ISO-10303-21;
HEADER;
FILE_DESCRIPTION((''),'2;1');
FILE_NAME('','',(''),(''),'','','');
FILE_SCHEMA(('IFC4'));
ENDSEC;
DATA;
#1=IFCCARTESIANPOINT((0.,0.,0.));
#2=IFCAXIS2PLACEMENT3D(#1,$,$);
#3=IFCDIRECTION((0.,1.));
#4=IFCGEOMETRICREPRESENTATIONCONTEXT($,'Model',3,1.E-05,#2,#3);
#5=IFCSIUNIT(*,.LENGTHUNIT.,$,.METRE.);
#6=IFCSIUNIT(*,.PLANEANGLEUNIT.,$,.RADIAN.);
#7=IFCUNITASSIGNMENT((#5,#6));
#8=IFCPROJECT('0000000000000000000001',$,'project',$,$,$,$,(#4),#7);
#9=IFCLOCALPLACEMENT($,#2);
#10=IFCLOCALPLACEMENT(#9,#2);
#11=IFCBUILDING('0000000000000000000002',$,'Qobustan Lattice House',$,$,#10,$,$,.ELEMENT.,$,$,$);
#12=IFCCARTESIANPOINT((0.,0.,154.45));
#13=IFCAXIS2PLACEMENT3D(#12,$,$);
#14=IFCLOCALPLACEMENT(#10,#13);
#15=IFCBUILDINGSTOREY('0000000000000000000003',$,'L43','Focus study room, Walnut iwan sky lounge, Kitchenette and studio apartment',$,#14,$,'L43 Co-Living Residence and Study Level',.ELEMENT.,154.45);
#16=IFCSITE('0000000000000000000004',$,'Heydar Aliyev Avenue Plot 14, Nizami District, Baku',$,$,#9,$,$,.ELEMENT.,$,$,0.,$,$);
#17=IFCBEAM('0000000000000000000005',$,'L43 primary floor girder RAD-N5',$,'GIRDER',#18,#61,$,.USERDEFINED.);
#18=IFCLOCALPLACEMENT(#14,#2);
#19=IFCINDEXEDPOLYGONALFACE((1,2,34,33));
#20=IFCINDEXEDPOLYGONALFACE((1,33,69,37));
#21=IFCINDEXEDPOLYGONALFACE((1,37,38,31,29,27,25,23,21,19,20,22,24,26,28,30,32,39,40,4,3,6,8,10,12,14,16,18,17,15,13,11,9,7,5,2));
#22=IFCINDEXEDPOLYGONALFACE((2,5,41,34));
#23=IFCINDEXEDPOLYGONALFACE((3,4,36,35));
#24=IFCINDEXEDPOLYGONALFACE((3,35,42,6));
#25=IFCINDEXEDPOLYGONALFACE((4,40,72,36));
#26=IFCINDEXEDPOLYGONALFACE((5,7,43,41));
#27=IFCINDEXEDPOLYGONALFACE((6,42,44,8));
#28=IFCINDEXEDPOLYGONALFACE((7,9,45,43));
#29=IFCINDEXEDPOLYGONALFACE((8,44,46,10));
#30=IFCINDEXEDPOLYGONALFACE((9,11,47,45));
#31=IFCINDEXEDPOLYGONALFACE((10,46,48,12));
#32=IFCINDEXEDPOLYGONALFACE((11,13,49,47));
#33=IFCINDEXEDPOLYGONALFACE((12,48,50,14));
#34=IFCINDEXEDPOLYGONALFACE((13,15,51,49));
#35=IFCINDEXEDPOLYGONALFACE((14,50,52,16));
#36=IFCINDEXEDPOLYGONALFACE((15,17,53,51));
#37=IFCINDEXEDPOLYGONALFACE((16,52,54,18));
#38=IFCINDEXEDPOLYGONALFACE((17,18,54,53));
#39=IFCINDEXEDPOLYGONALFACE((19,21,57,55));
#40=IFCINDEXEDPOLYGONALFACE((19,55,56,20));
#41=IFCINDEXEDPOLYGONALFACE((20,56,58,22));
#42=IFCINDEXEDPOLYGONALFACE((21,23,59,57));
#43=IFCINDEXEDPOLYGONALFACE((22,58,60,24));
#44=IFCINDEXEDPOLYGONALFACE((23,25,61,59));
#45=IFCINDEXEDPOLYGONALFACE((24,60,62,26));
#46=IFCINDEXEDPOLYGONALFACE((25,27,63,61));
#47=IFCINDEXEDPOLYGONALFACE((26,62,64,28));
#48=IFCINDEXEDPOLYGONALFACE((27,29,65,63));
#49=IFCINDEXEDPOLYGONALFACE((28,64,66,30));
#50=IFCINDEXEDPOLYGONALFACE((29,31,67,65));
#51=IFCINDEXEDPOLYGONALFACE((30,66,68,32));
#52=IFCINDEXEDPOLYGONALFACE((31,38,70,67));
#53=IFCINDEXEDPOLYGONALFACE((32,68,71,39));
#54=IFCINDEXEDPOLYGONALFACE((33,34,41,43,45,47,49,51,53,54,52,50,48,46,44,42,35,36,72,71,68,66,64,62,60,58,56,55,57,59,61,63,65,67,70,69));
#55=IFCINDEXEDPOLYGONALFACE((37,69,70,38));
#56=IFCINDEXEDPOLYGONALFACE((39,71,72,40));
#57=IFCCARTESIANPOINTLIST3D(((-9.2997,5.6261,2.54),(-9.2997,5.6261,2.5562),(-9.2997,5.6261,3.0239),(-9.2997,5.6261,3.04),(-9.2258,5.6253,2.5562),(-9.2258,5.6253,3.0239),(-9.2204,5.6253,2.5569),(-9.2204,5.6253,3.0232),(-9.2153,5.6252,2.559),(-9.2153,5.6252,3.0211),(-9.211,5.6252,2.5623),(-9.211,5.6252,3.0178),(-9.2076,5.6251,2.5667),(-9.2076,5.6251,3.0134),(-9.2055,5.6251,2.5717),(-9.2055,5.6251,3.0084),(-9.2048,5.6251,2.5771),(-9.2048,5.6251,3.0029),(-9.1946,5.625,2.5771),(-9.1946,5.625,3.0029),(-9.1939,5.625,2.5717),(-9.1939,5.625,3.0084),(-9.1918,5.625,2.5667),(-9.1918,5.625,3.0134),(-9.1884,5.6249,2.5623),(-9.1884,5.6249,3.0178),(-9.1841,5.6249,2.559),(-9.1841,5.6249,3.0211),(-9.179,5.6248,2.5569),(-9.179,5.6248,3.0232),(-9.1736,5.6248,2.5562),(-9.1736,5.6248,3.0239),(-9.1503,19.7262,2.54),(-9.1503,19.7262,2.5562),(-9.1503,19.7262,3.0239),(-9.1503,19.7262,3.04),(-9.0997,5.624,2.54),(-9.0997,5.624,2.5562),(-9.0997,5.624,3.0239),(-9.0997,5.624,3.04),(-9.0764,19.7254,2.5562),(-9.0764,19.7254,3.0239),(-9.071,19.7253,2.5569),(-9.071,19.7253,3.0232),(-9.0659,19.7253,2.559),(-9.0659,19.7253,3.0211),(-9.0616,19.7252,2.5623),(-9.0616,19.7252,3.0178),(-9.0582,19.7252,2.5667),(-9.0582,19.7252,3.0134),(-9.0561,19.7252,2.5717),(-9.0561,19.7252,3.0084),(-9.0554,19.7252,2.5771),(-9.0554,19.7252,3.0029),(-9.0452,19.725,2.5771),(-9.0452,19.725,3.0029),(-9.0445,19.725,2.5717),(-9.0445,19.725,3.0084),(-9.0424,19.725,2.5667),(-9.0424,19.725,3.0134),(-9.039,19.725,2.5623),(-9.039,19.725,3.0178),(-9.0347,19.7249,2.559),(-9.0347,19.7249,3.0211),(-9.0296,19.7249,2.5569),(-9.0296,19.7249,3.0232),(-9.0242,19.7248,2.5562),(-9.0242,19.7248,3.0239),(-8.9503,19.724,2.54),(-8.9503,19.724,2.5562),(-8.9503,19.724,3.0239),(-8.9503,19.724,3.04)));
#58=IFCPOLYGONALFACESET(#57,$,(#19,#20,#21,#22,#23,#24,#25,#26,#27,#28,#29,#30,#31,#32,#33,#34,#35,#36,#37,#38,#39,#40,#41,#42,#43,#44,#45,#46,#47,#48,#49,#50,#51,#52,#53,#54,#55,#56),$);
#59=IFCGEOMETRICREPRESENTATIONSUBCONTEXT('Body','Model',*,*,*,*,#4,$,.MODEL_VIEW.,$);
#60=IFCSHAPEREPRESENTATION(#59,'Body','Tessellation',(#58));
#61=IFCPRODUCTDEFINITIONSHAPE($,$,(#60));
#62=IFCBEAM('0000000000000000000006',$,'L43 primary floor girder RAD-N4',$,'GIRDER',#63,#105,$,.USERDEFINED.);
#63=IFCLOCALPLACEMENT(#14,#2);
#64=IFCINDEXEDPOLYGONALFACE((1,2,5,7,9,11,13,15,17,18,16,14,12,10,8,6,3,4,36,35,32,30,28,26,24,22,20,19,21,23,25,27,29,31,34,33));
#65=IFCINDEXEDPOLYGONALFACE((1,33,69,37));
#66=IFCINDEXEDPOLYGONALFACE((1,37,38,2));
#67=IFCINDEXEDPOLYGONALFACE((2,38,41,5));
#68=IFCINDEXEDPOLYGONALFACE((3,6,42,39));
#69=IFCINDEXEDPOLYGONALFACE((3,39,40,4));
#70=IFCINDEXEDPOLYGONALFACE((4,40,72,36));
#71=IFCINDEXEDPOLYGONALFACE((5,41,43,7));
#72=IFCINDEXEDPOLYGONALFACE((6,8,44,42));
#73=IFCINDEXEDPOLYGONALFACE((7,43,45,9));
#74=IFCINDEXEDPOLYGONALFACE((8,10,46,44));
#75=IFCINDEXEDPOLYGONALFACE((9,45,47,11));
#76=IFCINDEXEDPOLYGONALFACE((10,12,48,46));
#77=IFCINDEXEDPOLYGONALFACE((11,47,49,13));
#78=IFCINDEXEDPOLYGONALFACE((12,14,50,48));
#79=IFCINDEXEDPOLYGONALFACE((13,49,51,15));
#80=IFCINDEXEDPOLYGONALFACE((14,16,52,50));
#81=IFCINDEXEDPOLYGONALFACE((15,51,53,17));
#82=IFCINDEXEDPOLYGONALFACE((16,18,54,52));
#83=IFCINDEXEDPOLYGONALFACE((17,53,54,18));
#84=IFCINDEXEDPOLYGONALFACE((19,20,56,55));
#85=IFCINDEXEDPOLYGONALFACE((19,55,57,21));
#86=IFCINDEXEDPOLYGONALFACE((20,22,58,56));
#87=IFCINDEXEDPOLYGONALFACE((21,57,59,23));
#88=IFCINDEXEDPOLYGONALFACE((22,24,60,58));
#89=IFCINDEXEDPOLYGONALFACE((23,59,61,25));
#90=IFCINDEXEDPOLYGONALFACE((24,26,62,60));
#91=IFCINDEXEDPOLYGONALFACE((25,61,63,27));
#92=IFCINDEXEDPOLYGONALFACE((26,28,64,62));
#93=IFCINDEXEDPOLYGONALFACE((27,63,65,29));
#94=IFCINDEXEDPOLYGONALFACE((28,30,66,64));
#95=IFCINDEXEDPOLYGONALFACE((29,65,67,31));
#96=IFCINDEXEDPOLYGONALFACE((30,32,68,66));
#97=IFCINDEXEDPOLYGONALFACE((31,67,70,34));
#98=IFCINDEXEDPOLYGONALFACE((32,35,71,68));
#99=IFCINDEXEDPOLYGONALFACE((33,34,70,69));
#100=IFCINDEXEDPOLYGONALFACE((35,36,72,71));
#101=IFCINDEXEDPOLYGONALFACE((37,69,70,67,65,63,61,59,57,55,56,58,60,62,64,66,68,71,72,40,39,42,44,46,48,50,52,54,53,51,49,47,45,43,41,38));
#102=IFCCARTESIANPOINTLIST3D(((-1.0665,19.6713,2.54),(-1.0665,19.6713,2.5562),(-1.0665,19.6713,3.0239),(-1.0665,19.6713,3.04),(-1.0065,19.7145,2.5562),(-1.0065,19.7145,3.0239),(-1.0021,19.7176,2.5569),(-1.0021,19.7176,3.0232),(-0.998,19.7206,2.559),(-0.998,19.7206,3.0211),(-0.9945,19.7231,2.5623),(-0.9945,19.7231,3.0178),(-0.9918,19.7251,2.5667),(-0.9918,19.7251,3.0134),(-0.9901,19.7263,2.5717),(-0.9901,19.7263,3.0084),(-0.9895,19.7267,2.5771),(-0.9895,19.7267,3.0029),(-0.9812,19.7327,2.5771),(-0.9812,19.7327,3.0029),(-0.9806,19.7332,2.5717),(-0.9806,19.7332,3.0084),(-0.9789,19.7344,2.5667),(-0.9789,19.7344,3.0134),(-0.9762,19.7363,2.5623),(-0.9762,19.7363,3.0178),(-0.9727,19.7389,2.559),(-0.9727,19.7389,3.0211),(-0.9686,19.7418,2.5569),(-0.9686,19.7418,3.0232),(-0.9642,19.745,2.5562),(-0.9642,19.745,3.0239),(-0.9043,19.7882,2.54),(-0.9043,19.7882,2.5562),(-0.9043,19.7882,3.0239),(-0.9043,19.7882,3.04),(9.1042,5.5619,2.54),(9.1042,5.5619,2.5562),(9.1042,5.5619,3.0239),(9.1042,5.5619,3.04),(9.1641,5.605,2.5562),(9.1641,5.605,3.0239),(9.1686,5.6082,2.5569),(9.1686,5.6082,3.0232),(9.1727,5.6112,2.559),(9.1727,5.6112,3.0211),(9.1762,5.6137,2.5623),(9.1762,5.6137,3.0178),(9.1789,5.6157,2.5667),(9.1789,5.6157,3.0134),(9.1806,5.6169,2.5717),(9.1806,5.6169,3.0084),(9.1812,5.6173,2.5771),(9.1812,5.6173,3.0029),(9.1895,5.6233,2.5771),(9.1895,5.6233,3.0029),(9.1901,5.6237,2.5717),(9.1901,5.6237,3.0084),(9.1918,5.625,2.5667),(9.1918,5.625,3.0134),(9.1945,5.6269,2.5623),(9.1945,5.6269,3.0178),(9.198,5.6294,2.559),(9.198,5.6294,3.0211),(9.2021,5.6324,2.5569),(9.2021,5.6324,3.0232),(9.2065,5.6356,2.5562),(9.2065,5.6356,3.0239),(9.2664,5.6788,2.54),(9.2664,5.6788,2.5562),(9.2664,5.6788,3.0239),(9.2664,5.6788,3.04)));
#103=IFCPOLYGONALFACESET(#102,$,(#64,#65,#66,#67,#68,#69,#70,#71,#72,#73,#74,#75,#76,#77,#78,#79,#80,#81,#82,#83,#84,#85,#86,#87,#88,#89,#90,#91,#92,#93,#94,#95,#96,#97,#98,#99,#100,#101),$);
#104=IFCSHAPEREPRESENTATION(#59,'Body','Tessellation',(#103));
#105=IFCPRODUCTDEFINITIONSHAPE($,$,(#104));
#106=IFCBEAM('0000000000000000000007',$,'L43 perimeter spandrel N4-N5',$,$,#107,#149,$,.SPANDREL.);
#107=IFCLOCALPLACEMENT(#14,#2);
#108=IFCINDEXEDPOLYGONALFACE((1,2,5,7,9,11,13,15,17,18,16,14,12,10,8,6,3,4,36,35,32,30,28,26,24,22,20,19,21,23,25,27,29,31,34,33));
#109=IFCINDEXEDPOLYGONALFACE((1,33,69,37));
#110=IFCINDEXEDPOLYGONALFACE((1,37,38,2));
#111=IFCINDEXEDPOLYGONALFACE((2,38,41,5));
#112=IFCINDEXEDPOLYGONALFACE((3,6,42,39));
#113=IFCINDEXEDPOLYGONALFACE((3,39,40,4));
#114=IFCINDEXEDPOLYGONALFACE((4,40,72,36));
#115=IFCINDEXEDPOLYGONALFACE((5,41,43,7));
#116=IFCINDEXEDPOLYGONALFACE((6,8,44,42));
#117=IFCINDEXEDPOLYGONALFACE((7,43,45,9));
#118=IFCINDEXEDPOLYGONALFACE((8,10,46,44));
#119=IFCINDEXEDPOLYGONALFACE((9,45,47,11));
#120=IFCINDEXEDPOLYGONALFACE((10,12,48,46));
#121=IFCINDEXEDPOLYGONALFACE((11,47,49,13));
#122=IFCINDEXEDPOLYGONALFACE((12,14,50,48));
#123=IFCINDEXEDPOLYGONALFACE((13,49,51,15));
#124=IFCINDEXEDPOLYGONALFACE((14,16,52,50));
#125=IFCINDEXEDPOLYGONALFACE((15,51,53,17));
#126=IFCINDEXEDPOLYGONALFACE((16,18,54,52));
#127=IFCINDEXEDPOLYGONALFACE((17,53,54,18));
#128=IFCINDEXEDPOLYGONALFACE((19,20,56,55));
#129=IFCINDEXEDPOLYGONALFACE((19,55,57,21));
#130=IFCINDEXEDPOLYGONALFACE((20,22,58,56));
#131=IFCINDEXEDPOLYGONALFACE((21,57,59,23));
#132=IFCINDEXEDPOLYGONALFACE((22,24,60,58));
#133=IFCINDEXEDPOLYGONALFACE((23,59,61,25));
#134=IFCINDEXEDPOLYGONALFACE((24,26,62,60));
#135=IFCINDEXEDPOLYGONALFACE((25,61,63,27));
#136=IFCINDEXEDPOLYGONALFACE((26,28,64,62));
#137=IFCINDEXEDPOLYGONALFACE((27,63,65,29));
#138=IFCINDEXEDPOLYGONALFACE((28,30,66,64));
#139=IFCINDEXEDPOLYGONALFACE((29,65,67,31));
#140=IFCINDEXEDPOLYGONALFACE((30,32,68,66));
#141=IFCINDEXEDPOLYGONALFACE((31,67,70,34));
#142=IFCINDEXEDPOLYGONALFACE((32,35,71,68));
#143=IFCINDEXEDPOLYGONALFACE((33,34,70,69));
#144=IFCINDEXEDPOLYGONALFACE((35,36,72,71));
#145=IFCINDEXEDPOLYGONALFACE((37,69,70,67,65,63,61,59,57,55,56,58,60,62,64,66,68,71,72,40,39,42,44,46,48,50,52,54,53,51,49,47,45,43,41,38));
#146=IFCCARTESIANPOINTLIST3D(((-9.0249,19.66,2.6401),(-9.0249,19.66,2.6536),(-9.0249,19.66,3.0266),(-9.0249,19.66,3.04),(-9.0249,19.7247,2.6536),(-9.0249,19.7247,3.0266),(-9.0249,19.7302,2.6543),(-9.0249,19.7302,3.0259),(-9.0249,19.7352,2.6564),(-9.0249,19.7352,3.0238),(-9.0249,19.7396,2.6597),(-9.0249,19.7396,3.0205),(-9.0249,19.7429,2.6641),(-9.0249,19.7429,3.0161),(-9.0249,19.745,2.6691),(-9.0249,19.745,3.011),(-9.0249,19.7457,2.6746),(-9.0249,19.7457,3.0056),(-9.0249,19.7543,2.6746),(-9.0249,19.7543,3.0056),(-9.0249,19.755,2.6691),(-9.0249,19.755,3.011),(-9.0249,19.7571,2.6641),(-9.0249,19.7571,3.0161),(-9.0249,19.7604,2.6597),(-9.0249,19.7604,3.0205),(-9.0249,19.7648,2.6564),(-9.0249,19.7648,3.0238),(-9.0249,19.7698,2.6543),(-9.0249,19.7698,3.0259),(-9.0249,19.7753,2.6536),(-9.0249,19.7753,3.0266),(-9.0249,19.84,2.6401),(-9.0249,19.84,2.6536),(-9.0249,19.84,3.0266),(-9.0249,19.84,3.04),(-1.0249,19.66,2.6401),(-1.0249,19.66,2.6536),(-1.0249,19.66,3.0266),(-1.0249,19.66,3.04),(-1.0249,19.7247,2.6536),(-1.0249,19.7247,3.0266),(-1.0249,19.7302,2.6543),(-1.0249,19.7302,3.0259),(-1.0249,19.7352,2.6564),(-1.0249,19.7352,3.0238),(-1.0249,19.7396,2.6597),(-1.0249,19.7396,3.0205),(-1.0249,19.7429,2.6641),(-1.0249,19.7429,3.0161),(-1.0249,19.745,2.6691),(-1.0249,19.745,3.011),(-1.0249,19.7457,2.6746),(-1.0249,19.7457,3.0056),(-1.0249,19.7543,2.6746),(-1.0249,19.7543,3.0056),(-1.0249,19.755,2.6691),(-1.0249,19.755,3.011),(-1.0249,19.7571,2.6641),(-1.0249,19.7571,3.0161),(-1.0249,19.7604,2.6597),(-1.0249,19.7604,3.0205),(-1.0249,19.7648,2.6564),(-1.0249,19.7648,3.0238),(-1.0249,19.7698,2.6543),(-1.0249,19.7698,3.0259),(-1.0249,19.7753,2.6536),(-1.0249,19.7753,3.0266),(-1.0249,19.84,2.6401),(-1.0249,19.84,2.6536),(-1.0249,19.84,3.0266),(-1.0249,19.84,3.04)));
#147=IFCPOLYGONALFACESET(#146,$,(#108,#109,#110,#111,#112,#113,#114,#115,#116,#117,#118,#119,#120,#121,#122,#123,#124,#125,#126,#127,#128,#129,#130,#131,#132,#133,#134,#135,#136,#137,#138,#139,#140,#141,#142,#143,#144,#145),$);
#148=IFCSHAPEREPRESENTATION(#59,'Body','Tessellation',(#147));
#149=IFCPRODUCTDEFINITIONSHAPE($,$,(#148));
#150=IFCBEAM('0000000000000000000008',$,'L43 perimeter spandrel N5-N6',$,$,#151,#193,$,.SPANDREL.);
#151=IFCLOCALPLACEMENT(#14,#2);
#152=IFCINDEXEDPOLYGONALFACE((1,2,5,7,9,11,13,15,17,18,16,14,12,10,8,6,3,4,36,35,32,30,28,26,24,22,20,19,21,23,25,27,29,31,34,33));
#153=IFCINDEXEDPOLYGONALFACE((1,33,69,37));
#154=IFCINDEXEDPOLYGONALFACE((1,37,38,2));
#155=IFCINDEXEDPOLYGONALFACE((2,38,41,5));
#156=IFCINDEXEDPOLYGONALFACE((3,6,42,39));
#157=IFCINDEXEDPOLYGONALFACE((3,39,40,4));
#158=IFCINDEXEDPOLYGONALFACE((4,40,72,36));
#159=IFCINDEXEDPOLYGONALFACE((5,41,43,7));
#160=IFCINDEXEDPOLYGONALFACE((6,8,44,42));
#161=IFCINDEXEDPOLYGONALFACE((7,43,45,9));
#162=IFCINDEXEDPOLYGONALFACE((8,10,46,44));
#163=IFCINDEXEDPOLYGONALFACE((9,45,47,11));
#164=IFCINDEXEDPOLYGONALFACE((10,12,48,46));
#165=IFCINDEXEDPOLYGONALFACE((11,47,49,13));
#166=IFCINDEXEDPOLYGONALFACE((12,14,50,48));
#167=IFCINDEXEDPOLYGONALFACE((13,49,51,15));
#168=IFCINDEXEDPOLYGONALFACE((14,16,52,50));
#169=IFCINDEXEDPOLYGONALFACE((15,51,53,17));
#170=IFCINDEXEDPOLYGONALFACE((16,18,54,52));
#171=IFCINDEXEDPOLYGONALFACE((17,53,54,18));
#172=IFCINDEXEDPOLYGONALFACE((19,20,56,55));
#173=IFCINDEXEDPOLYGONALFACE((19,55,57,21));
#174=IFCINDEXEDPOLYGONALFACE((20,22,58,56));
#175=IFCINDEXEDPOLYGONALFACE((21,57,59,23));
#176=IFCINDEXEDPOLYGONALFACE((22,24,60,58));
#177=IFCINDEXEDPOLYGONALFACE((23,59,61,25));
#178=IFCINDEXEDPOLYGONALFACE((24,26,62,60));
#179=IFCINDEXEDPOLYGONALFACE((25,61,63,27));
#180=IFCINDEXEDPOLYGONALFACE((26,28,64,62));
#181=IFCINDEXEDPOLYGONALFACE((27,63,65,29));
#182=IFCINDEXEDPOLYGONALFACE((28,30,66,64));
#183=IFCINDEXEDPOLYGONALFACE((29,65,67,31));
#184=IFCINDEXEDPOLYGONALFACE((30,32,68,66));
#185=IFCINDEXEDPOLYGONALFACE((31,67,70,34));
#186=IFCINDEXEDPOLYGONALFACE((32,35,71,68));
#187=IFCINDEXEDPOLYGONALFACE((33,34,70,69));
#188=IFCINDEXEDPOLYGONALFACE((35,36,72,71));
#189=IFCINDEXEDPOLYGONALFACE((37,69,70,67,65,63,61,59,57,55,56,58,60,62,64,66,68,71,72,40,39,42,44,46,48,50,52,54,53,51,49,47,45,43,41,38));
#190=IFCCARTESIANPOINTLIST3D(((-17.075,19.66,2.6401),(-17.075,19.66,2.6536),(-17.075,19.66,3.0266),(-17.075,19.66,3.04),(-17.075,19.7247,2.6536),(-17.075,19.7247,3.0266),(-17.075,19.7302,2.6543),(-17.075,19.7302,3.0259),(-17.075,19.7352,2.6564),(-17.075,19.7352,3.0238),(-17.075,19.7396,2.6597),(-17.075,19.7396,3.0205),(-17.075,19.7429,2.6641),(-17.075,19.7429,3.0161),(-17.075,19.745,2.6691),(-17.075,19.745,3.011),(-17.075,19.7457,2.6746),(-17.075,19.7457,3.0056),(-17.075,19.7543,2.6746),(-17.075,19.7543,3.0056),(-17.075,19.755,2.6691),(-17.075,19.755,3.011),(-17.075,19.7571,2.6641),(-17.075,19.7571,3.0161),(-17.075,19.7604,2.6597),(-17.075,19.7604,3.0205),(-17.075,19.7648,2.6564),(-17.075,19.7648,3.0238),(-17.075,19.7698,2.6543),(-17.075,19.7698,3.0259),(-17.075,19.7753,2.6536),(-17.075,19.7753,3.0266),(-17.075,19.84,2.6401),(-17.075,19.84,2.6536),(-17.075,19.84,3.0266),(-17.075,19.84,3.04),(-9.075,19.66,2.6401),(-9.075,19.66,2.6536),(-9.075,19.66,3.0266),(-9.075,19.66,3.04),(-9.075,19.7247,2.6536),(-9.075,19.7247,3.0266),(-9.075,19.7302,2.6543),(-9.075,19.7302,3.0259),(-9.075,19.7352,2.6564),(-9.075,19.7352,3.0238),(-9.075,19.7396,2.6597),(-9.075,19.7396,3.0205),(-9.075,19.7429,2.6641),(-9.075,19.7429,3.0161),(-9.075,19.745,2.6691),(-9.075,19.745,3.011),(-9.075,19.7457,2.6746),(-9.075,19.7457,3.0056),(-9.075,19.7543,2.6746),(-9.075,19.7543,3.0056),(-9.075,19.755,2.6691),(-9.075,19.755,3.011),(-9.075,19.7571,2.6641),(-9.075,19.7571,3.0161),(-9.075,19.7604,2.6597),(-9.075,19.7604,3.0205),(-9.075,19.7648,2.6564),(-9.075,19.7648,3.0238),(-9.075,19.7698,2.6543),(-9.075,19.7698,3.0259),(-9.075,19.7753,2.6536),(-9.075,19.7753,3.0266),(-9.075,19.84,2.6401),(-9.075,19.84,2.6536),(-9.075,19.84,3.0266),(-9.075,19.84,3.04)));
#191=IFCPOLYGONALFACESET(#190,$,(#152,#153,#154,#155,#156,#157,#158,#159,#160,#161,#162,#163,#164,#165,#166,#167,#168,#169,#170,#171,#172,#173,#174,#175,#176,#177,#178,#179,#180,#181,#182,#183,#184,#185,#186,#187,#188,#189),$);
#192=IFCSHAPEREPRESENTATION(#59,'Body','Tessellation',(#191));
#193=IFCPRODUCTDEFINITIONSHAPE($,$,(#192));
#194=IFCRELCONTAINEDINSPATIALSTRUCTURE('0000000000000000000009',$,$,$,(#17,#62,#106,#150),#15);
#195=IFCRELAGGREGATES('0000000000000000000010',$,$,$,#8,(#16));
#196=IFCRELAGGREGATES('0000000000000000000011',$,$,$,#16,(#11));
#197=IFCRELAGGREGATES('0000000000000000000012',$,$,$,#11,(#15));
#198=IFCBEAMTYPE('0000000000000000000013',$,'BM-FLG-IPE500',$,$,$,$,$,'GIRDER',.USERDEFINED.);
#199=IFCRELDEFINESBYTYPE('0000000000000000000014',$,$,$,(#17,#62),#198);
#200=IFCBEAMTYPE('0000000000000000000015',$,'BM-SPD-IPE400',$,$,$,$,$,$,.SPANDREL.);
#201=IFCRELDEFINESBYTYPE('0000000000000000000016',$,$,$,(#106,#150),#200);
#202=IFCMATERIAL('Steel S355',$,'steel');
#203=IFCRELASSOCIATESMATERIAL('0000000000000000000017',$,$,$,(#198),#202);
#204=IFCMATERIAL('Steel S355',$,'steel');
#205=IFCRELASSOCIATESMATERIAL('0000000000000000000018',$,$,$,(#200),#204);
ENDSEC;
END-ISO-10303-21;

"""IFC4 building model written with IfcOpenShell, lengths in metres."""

from ifc_helpers import new_model, si_unit, direction, frame, origin, origin_2d, place, context, subcontext, project, spatial, i_section, extrude, material, material_profile, profile_set, type_object, element, save


model = new_model("IFC4")

# Units and contexts
model_context = context("Model", 3, precision=1e-05, world=origin(), true_north=direction((0.0, 1.0)))
body_context = subcontext(model_context, "Body", "Model", "MODEL_VIEW")
ifc_project = project(units=[si_unit("LENGTHUNIT", "METRE"), si_unit("PLANEANGLEUNIT", "RADIAN")], contexts=[model_context])

# Site, building, storey
site_placement = place(None, origin())
site = spatial("IfcSite", under=ifc_project, at=site_placement, Name="Heydar Aliyev Avenue Plot 14, Nizami District, Baku", CompositionType="ELEMENT", RefElevation=0.0)
building_placement = place(site_placement, origin())
building = spatial("IfcBuilding", under=site, at=building_placement, Name="Qobustan Lattice House", CompositionType="ELEMENT")
storey_placement = place(building_placement, frame((0.0, 0.0, 154.45)))
storey = spatial("IfcBuildingStorey", under=building, at=storey_placement, Name="L43", Description="Focus study room, Walnut iwan sky lounge, Kitchenette and studio apartment", LongName="L43 Co-Living Residence and Study Level", CompositionType="ELEMENT", Elevation=154.45)

# Beams
ifc_material_1 = material(Name="Steel S355", Category="steel")
ifc_material_profile_1 = material_profile(ifc_material_1, i_section(OverallWidth=0.2, OverallDepth=0.5, WebThickness=0.0103, FlangeThickness=0.0161, FilletRadius=0.021, at=origin_2d()), Name="IPE500")
ifc_profile_set_1 = profile_set([ifc_material_profile_1], Name="Steel S355")
beam_type_1 = type_object("IfcBeamType", Name="BM-FLG-IPE500", ElementType="GIRDER", PredefinedType="USERDEFINED", material=ifc_profile_set_1)
beam_1_placement = place(storey_placement, frame((-9.0503, 19.7251, 2.79), z_axis=(-0.010596, -0.999944, 0.0), x_axis=(0.999944, -0.010596, 0.0)))
element("IfcBeam", 1, at=beam_1_placement, inside=storey, type_object=beam_type_1, Name="L43 primary floor girder RAD-N5", ObjectType="GIRDER", PredefinedType="USERDEFINED", context=body_context, shape_type="SweptSolid", body=[
    extrude(i_section(OverallWidth=0.2, OverallDepth=0.5, WebThickness=0.0103, FlangeThickness=0.0161, FilletRadius=0.021, at=origin_2d()), origin(), (0.0, 0.0, 1.0), 14.1008),
])
beam_2_placement = place(storey_placement, frame((-0.9854, 19.7297, 2.79), z_axis=(0.584755, -0.81121, 0.0), x_axis=(0.81121, 0.584755, 0.0)))
element("IfcBeam", 2, at=beam_2_placement, inside=storey, type_object=beam_type_1, Name="L43 primary floor girder RAD-N4", ObjectType="GIRDER", PredefinedType="USERDEFINED", context=body_context, shape_type="SweptSolid", body=[
    extrude(i_section(OverallWidth=0.2, OverallDepth=0.5, WebThickness=0.0103, FlangeThickness=0.0161, FilletRadius=0.021, at=origin_2d()), origin(), (0.0, 0.0, 1.0), 17.3931),
])
ifc_material_2 = material(Name="Steel S355", Category="steel")
ifc_material_profile_2 = material_profile(ifc_material_2, i_section(OverallWidth=0.1799, OverallDepth=0.3999, WebThickness=0.0085, FlangeThickness=0.0134, FilletRadius=0.021, at=origin_2d()), Name="IPE400")
ifc_profile_set_2 = profile_set([ifc_material_profile_2], Name="Steel S355")
beam_type_2 = type_object("IfcBeamType", Name="BM-SPD-IPE400", PredefinedType="SPANDREL", material=ifc_profile_set_2)
for number, where, z_axis, x_axis, name in (
    (3, (-1.0249, 19.75, 2.8401), (-1.0, 0.0, 0.0), (0.0, -1.0, 0.0), "L43 perimeter spandrel N4-N5"),
    (4, (-9.075, 19.75, 2.8401), (-1.0, 0.0, 0.0), (0.0, -1.0, 0.0), "L43 perimeter spandrel N5-N6"),
):
    element("IfcBeam", number, at=place(storey_placement, frame(where, z_axis=z_axis, x_axis=x_axis)), inside=storey, type_object=beam_type_2, Name=name, PredefinedType="SPANDREL", context=body_context, shape_type="SweptSolid", body=[
        extrude(i_section(OverallWidth=0.1799, OverallDepth=0.3999, WebThickness=0.0085, FlangeThickness=0.0134, FilletRadius=0.021, at=origin_2d()), origin(), (0.0, 0.0, 1.0), 8.0),
    ])

save(model, "model.ifc")
